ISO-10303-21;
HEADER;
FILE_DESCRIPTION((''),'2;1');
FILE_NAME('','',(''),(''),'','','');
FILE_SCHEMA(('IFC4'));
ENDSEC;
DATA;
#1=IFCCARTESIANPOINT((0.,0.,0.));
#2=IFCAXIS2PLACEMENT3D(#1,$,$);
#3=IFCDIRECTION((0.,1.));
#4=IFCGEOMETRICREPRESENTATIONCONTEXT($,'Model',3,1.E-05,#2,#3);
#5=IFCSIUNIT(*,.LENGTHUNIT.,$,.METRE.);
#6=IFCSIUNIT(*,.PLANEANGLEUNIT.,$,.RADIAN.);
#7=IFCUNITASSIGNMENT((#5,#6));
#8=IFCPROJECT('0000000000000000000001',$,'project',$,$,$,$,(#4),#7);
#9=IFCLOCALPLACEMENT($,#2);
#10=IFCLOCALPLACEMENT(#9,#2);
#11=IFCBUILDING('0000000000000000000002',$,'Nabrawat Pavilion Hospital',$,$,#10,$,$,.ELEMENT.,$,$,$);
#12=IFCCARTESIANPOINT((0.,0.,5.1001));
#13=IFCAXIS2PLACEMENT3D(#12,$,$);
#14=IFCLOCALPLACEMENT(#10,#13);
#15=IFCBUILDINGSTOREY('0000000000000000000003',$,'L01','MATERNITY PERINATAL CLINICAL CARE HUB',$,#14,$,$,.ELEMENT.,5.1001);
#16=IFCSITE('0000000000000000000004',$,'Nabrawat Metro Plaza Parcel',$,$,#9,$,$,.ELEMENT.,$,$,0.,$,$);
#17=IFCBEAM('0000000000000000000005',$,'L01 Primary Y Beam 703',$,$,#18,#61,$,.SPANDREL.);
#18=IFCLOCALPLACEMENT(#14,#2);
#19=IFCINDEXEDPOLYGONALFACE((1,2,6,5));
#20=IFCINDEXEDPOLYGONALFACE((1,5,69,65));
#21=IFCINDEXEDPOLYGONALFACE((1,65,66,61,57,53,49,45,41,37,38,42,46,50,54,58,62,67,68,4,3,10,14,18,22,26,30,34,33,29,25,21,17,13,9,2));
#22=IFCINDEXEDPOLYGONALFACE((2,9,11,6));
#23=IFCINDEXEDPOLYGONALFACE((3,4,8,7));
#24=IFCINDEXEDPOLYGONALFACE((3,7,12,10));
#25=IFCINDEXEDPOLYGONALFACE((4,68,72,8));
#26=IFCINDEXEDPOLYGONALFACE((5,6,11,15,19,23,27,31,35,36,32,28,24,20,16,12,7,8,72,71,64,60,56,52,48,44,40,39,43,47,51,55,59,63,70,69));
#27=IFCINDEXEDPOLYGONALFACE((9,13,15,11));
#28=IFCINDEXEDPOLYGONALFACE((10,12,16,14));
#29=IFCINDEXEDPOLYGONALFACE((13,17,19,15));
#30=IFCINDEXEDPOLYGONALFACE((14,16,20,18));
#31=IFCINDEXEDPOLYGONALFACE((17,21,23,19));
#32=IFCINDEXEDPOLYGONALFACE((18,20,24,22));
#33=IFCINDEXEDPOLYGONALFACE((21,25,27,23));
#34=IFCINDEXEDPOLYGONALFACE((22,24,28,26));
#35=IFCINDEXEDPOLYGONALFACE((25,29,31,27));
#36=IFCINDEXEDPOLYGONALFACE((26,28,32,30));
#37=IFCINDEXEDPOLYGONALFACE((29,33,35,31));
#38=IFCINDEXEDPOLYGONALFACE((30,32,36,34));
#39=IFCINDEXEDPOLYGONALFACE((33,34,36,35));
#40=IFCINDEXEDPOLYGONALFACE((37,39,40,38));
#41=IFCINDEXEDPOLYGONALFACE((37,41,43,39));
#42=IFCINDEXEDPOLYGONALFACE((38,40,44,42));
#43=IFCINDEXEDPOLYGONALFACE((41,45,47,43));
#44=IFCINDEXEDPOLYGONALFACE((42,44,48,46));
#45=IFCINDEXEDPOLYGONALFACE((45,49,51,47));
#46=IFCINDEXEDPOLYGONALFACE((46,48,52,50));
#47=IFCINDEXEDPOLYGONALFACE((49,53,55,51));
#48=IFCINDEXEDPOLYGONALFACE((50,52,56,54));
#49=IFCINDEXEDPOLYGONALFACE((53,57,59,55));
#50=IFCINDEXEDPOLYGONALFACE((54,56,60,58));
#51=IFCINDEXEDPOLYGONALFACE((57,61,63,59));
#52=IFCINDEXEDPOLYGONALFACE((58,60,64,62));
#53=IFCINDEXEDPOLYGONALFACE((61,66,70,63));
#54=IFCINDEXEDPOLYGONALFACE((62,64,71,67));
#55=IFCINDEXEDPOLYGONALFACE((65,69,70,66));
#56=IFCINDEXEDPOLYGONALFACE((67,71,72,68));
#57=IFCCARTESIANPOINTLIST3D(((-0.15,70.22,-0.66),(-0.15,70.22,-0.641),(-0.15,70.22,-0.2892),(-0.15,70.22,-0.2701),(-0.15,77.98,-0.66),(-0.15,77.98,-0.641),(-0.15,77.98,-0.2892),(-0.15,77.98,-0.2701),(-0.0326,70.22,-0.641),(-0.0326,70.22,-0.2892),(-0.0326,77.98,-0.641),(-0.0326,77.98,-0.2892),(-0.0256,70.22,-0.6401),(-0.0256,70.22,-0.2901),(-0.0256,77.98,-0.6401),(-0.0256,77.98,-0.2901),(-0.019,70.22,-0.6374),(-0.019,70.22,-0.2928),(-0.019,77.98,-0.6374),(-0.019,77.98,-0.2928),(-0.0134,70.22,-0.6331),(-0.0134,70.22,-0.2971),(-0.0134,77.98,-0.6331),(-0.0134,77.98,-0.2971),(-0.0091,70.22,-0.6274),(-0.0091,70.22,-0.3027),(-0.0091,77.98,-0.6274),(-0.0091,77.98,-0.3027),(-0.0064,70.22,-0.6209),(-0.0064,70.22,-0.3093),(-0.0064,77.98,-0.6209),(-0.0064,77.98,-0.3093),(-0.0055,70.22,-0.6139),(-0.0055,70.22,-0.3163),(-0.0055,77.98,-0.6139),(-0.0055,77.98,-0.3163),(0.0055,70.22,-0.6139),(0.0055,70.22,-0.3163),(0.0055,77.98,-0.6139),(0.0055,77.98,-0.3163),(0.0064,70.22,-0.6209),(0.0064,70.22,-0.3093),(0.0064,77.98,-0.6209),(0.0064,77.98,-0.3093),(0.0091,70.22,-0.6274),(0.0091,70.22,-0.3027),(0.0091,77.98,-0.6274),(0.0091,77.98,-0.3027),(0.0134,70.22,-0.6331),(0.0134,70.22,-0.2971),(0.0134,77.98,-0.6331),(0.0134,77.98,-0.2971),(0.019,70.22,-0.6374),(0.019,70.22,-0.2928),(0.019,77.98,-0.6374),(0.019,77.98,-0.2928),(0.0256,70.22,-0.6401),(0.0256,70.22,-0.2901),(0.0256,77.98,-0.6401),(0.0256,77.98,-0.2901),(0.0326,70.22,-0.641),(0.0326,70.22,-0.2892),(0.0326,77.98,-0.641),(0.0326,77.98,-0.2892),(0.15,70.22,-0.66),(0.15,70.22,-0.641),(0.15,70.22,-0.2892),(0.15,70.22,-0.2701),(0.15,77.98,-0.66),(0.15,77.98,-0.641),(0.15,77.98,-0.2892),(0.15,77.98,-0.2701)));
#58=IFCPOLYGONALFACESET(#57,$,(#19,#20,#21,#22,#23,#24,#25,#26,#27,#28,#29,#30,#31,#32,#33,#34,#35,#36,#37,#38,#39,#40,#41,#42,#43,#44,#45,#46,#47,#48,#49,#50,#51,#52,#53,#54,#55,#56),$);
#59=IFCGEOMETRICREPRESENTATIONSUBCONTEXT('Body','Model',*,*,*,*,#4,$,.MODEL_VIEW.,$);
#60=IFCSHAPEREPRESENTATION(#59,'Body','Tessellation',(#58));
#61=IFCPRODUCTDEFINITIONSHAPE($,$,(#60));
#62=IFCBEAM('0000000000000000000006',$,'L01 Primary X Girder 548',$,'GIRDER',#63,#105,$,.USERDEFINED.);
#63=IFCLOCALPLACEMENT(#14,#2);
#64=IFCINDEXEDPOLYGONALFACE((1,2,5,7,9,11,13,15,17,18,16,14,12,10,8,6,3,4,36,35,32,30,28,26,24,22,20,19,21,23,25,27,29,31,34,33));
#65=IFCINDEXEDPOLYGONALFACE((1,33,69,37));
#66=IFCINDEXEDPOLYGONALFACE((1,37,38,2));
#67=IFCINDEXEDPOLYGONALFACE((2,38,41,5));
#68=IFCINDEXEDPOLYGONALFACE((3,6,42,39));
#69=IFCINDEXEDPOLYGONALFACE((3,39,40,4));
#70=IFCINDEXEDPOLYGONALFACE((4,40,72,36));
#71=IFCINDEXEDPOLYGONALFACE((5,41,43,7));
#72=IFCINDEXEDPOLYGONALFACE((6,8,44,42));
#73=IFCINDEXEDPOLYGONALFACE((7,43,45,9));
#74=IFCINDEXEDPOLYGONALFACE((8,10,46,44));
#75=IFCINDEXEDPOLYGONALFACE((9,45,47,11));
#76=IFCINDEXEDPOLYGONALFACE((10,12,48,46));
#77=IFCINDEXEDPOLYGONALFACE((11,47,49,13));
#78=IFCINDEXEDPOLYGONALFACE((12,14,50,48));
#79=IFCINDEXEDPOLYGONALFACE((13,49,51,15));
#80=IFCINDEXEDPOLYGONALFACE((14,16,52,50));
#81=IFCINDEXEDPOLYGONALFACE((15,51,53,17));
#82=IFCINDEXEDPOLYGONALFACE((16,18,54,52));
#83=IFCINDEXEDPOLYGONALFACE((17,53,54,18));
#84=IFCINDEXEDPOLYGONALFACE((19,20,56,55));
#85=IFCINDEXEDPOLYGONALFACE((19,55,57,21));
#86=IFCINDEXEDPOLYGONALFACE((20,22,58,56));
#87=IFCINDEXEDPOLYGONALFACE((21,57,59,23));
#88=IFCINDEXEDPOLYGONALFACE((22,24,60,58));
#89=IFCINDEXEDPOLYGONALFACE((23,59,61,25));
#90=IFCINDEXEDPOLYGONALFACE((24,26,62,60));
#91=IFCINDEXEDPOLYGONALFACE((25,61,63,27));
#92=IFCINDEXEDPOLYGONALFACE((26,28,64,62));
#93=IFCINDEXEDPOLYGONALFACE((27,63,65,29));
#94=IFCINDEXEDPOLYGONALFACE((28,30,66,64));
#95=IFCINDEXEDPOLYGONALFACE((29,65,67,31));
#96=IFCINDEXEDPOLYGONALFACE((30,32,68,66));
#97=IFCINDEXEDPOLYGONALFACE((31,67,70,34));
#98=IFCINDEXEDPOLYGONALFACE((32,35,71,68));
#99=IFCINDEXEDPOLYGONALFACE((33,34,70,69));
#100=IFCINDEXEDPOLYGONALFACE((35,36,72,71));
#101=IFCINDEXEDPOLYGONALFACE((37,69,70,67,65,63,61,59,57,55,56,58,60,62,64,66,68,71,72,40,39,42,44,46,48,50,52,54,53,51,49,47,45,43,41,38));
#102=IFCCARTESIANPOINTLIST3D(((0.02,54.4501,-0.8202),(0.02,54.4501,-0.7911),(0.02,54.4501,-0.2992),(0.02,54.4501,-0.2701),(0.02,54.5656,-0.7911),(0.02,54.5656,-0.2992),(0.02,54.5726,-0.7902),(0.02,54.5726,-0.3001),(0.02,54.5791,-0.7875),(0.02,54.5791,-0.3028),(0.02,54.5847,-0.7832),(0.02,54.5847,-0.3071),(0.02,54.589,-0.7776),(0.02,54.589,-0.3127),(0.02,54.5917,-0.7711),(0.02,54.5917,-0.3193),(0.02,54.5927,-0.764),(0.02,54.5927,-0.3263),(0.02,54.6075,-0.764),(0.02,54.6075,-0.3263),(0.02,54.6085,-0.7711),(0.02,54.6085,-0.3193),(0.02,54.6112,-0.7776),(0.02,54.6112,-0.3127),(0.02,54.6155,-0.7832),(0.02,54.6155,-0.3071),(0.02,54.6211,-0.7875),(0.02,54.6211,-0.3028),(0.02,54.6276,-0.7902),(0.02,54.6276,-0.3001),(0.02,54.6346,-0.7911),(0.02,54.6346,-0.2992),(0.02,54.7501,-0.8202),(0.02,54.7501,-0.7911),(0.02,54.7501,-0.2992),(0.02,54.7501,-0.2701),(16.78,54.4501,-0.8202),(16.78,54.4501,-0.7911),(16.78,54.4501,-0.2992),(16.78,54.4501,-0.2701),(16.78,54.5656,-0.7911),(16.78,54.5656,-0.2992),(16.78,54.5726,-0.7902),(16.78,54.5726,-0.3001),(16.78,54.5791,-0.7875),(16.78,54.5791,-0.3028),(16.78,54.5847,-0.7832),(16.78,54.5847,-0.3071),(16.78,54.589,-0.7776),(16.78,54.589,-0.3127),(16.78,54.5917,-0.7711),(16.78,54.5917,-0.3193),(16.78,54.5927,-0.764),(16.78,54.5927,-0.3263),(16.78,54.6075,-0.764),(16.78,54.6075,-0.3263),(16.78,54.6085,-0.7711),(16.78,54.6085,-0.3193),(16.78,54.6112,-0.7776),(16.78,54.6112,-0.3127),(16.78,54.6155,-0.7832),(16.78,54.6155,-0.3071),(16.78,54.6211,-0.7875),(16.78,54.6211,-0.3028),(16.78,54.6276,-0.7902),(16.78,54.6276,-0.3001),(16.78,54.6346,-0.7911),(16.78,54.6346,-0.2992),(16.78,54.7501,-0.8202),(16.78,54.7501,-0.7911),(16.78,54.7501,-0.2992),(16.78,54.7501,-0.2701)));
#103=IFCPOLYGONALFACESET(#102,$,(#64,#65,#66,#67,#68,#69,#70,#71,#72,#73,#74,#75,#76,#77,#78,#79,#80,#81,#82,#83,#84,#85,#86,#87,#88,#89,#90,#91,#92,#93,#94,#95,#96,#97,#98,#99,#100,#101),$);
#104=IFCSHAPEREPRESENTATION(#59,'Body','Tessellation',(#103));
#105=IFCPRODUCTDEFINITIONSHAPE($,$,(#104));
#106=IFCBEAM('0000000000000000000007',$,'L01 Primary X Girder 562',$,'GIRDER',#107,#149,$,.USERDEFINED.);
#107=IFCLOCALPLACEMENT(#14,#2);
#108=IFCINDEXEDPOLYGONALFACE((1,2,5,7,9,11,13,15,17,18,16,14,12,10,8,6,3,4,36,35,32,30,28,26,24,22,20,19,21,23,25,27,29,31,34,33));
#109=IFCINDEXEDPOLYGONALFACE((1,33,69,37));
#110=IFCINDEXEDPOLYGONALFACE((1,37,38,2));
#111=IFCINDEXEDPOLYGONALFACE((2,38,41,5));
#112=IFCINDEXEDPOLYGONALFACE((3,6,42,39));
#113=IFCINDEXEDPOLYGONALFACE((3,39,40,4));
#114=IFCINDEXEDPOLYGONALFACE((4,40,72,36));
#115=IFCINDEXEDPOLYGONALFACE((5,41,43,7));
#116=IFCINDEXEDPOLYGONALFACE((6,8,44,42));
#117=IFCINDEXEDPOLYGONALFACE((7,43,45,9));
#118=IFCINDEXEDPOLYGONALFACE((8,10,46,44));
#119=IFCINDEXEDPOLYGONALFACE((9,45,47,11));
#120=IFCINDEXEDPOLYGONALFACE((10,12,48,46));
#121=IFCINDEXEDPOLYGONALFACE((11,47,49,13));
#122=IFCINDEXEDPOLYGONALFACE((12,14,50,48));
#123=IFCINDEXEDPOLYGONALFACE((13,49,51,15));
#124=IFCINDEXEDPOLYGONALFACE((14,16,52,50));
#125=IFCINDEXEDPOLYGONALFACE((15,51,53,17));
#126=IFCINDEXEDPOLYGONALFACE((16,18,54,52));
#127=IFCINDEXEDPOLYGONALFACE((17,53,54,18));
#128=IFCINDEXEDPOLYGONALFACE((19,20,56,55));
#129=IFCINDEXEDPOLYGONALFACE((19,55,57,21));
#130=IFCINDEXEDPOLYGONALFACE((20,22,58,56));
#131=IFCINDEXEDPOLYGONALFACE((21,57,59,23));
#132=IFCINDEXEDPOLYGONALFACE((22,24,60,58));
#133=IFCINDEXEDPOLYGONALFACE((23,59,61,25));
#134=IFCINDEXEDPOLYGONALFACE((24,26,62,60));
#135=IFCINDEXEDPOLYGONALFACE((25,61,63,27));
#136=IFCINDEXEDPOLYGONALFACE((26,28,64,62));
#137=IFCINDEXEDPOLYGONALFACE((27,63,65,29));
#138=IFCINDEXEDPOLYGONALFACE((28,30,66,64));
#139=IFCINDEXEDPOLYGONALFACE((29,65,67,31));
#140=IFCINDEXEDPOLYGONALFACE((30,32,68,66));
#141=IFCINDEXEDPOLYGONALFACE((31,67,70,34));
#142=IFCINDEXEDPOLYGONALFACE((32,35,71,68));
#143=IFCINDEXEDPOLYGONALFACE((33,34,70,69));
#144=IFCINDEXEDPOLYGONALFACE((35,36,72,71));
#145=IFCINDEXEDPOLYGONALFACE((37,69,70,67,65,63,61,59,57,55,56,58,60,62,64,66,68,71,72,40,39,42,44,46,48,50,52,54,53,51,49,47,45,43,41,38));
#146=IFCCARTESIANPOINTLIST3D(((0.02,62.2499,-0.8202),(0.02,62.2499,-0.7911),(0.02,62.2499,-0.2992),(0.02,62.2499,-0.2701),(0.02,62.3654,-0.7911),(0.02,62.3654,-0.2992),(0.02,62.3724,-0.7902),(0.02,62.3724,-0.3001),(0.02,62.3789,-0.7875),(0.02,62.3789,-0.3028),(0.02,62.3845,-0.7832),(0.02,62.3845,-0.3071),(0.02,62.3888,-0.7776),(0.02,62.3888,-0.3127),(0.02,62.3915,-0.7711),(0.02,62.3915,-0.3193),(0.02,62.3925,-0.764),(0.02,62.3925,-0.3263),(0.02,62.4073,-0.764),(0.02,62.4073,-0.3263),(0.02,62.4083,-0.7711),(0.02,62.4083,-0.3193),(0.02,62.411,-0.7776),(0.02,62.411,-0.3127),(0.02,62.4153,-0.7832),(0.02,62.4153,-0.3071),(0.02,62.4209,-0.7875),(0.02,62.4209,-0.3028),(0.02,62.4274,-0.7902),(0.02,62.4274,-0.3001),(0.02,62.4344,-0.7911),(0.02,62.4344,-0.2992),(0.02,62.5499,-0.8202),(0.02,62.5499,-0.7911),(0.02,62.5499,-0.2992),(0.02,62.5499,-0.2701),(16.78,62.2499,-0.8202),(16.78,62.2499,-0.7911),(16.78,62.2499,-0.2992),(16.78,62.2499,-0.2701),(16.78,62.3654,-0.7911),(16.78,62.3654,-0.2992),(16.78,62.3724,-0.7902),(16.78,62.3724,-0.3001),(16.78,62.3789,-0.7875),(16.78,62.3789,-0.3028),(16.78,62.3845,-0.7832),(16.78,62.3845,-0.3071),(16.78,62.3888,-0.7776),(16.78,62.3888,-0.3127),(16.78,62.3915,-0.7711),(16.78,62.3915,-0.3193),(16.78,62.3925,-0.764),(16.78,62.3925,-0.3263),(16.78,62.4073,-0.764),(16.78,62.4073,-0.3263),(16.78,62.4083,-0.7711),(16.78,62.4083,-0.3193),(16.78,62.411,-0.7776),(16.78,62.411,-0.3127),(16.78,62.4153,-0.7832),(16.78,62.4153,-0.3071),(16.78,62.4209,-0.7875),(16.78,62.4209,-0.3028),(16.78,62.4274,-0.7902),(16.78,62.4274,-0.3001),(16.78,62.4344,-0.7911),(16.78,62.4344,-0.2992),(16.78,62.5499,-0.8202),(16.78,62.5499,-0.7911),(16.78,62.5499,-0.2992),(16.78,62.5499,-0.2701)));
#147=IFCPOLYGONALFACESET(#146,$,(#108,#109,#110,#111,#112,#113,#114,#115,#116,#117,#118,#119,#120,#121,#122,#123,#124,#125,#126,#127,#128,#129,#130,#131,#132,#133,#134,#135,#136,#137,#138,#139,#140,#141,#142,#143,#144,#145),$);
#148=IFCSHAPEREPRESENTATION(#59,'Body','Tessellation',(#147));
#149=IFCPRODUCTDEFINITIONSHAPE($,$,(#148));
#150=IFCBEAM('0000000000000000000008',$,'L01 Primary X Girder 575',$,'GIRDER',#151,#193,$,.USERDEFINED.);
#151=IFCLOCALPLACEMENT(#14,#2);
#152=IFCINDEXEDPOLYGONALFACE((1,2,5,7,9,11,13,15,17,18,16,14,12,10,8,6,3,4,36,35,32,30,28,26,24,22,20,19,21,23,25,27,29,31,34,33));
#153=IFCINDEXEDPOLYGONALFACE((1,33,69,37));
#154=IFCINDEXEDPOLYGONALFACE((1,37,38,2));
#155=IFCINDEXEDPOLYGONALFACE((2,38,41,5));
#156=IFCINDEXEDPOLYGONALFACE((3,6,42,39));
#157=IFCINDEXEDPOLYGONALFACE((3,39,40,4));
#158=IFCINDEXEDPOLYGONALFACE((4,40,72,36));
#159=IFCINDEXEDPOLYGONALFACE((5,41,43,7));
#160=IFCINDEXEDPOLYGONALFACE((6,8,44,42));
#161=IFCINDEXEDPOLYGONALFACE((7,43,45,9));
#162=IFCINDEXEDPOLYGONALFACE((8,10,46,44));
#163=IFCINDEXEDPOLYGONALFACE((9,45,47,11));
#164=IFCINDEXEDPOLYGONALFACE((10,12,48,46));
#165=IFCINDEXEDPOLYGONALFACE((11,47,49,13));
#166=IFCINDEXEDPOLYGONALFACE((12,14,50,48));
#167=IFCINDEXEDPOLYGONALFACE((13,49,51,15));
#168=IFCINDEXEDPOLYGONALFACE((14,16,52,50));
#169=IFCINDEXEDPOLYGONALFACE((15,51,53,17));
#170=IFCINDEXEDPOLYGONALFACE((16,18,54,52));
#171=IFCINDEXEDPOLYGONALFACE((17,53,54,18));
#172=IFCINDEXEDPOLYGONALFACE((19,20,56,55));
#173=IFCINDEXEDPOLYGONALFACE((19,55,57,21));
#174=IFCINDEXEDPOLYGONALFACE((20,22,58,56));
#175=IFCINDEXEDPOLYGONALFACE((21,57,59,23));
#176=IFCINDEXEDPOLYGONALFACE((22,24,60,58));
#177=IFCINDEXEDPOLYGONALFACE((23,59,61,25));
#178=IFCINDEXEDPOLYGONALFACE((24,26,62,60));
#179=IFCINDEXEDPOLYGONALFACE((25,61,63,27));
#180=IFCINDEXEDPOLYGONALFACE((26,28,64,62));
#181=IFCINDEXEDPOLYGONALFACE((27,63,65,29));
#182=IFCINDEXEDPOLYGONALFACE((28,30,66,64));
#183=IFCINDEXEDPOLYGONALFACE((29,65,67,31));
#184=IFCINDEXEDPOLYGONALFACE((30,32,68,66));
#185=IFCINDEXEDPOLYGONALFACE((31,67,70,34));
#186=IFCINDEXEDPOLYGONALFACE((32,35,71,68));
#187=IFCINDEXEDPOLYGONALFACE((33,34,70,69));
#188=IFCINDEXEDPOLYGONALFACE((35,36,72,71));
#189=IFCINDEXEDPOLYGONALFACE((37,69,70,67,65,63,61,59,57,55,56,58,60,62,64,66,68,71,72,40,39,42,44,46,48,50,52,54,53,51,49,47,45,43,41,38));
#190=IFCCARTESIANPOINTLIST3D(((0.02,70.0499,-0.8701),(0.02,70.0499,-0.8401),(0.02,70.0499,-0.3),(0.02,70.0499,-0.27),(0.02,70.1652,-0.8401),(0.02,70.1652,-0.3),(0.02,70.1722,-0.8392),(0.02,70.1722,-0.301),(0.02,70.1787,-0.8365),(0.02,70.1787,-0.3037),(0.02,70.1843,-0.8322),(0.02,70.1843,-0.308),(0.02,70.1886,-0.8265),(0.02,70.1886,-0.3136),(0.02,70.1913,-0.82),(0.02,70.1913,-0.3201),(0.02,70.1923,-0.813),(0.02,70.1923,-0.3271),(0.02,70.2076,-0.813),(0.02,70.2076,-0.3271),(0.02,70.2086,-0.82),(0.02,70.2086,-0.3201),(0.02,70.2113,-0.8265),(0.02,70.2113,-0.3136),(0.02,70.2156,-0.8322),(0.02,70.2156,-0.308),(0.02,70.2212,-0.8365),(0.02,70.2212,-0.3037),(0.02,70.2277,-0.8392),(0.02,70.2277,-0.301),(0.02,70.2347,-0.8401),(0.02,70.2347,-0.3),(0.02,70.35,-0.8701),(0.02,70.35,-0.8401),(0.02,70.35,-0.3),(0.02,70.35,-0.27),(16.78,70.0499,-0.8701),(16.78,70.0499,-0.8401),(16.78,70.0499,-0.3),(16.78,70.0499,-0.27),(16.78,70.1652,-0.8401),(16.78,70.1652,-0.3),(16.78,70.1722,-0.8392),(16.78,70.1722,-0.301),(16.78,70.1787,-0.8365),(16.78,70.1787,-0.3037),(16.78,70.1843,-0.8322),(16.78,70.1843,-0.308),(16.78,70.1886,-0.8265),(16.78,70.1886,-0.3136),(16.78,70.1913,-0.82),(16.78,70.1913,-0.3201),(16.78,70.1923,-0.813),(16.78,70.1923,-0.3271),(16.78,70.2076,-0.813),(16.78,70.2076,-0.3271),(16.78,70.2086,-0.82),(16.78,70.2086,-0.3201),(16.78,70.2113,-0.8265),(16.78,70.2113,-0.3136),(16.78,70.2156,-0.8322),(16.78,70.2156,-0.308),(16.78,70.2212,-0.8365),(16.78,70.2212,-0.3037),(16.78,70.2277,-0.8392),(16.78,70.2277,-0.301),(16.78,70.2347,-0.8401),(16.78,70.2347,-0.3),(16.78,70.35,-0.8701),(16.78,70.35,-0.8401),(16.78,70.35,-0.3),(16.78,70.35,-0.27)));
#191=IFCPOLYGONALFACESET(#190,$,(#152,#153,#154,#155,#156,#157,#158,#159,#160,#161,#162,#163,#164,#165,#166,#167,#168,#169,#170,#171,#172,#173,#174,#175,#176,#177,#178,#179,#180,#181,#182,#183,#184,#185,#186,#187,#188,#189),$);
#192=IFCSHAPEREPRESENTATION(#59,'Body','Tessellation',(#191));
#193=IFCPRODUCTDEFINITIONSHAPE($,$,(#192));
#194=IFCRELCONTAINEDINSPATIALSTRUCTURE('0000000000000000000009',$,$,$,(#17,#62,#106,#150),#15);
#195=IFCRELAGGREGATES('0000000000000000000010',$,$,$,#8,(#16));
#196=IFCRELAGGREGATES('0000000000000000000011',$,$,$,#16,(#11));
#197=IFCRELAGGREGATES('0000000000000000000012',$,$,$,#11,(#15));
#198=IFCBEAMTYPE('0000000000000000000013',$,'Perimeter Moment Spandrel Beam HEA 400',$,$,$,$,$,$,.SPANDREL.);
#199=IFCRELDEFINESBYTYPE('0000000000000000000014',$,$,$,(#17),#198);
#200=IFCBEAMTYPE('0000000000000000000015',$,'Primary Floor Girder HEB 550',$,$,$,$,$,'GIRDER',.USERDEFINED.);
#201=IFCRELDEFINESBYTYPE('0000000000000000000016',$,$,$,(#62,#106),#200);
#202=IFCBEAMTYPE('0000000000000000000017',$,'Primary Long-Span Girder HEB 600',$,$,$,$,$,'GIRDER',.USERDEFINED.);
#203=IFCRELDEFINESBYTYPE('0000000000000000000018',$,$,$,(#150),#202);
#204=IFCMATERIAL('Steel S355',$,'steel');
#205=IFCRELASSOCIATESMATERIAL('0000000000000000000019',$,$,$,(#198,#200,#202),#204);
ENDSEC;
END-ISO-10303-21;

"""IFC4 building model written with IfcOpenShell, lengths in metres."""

from ifc_helpers import new_model, si_unit, direction, frame, origin, origin_2d, place, context, subcontext, project, spatial, i_section, extrude, material, material_profile, profile_set, type_object, element, save


model = new_model("IFC4")

# Units and contexts
model_context = context("Model", 3, precision=1e-05, world=origin(), true_north=direction((0.0, 1.0)))
body_context = subcontext(model_context, "Body", "Model", "MODEL_VIEW")
ifc_project = project(units=[si_unit("LENGTHUNIT", "METRE"), si_unit("PLANEANGLEUNIT", "RADIAN")], contexts=[model_context])

# Site, building, storey
site_placement = place(None, origin())
site = spatial("IfcSite", under=ifc_project, at=site_placement, Name="Nabrawat Metro Plaza Parcel", CompositionType="ELEMENT", RefElevation=0.0)
building_placement = place(site_placement, origin())
building = spatial("IfcBuilding", under=site, at=building_placement, Name="Nabrawat Pavilion Hospital", CompositionType="ELEMENT")
storey_placement = place(building_placement, frame((0.0, 0.0, 5.1001)))
storey = spatial("IfcBuildingStorey", under=building, at=storey_placement, Name="L01", Description="MATERNITY PERINATAL CLINICAL CARE HUB", CompositionType="ELEMENT", Elevation=5.1001)

# Shared definitions
ifc_material_1 = material(Name="Steel S355", Category="steel")

# Beams
ifc_material_profile_1 = material_profile(ifc_material_1, i_section(OverallWidth=0.3, OverallDepth=0.3899, WebThickness=0.011, FlangeThickness=0.019, FilletRadius=0.0271, at=origin_2d()), Name="HEA 400")
ifc_profile_set_1 = profile_set([ifc_material_profile_1], Name="Steel S355")
beam_type_1 = type_object("IfcBeamType", Name="Perimeter Moment Spandrel Beam HEA 400", PredefinedType="SPANDREL", material=ifc_profile_set_1)
for number, where, z_axis, x_axis, name in (
    (1, (0.0, 70.22, -0.4651), (0.0, 1.0, 0.0), (-1.0, 0.0, 0.0), "L01 Primary Y Beam 703"),
):
    element("IfcBeam", number, at=place(storey_placement, frame(where, z_axis=z_axis, x_axis=x_axis)), inside=storey, type_object=beam_type_1, Name=name, PredefinedType="SPANDREL", context=body_context, shape_type="SweptSolid", body=[
        extrude(i_section(OverallWidth=0.3, OverallDepth=0.3899, WebThickness=0.011, FlangeThickness=0.019, FilletRadius=0.0271, at=origin_2d()), origin(), (0.0, 0.0, 1.0), 7.76),
    ])
ifc_material_profile_2 = material_profile(ifc_material_1, i_section(OverallWidth=0.3, OverallDepth=0.55, WebThickness=0.0149, FlangeThickness=0.0291, FilletRadius=0.0271, at=origin_2d()), Name="HEB 550")
ifc_profile_set_2 = profile_set([ifc_material_profile_2], Name="Steel S355")
beam_type_2 = type_object("IfcBeamType", Name="Primary Floor Girder HEB 550", ElementType="GIRDER", PredefinedType="USERDEFINED", material=ifc_profile_set_2)
for number, where, z_axis, x_axis, name in (
    (2, (0.02, 54.6001, -0.5452), (1.0, 0.0, 0.0), (0.0, 1.0, 0.0), "L01 Primary X Girder 548"),
    (3, (0.02, 62.3999, -0.5452), (1.0, 0.0, 0.0), (0.0, 1.0, 0.0), "L01 Primary X Girder 562"),
):
    element("IfcBeam", number, at=place(storey_placement, frame(where, z_axis=z_axis, x_axis=x_axis)), inside=storey, type_object=beam_type_2, Name=name, ObjectType="GIRDER", PredefinedType="USERDEFINED", context=body_context, shape_type="SweptSolid", body=[
        extrude(i_section(OverallWidth=0.3, OverallDepth=0.55, WebThickness=0.0149, FlangeThickness=0.0291, FilletRadius=0.0271, at=origin_2d()), origin(), (0.0, 0.0, 1.0), 16.76),
    ])
ifc_material_profile_3 = material_profile(ifc_material_1, i_section(OverallWidth=0.3, OverallDepth=0.6001, WebThickness=0.0154, FlangeThickness=0.03, FilletRadius=0.0271, at=origin_2d()), Name="HEB 600")
ifc_profile_set_3 = profile_set([ifc_material_profile_3], Name="Steel S355")
beam_type_3 = type_object("IfcBeamType", Name="Primary Long-Span Girder HEB 600", ElementType="GIRDER", PredefinedType="USERDEFINED", material=ifc_profile_set_3)
beam_1_placement = place(storey_placement, frame((0.02, 70.2, -0.5701), z_axis=(1.0, 0.0, 0.0), x_axis=(0.0, 1.0, 0.0)))
element("IfcBeam", 4, at=beam_1_placement, inside=storey, type_object=beam_type_3, Name="L01 Primary X Girder 575", ObjectType="GIRDER", PredefinedType="USERDEFINED", context=body_context, shape_type="SweptSolid", body=[
    extrude(i_section(OverallWidth=0.3, OverallDepth=0.6001, WebThickness=0.0154, FlangeThickness=0.03, FilletRadius=0.0271, at=origin_2d()), origin(), (0.0, 0.0, 1.0), 16.76),
])

save(model, "model.ifc")
